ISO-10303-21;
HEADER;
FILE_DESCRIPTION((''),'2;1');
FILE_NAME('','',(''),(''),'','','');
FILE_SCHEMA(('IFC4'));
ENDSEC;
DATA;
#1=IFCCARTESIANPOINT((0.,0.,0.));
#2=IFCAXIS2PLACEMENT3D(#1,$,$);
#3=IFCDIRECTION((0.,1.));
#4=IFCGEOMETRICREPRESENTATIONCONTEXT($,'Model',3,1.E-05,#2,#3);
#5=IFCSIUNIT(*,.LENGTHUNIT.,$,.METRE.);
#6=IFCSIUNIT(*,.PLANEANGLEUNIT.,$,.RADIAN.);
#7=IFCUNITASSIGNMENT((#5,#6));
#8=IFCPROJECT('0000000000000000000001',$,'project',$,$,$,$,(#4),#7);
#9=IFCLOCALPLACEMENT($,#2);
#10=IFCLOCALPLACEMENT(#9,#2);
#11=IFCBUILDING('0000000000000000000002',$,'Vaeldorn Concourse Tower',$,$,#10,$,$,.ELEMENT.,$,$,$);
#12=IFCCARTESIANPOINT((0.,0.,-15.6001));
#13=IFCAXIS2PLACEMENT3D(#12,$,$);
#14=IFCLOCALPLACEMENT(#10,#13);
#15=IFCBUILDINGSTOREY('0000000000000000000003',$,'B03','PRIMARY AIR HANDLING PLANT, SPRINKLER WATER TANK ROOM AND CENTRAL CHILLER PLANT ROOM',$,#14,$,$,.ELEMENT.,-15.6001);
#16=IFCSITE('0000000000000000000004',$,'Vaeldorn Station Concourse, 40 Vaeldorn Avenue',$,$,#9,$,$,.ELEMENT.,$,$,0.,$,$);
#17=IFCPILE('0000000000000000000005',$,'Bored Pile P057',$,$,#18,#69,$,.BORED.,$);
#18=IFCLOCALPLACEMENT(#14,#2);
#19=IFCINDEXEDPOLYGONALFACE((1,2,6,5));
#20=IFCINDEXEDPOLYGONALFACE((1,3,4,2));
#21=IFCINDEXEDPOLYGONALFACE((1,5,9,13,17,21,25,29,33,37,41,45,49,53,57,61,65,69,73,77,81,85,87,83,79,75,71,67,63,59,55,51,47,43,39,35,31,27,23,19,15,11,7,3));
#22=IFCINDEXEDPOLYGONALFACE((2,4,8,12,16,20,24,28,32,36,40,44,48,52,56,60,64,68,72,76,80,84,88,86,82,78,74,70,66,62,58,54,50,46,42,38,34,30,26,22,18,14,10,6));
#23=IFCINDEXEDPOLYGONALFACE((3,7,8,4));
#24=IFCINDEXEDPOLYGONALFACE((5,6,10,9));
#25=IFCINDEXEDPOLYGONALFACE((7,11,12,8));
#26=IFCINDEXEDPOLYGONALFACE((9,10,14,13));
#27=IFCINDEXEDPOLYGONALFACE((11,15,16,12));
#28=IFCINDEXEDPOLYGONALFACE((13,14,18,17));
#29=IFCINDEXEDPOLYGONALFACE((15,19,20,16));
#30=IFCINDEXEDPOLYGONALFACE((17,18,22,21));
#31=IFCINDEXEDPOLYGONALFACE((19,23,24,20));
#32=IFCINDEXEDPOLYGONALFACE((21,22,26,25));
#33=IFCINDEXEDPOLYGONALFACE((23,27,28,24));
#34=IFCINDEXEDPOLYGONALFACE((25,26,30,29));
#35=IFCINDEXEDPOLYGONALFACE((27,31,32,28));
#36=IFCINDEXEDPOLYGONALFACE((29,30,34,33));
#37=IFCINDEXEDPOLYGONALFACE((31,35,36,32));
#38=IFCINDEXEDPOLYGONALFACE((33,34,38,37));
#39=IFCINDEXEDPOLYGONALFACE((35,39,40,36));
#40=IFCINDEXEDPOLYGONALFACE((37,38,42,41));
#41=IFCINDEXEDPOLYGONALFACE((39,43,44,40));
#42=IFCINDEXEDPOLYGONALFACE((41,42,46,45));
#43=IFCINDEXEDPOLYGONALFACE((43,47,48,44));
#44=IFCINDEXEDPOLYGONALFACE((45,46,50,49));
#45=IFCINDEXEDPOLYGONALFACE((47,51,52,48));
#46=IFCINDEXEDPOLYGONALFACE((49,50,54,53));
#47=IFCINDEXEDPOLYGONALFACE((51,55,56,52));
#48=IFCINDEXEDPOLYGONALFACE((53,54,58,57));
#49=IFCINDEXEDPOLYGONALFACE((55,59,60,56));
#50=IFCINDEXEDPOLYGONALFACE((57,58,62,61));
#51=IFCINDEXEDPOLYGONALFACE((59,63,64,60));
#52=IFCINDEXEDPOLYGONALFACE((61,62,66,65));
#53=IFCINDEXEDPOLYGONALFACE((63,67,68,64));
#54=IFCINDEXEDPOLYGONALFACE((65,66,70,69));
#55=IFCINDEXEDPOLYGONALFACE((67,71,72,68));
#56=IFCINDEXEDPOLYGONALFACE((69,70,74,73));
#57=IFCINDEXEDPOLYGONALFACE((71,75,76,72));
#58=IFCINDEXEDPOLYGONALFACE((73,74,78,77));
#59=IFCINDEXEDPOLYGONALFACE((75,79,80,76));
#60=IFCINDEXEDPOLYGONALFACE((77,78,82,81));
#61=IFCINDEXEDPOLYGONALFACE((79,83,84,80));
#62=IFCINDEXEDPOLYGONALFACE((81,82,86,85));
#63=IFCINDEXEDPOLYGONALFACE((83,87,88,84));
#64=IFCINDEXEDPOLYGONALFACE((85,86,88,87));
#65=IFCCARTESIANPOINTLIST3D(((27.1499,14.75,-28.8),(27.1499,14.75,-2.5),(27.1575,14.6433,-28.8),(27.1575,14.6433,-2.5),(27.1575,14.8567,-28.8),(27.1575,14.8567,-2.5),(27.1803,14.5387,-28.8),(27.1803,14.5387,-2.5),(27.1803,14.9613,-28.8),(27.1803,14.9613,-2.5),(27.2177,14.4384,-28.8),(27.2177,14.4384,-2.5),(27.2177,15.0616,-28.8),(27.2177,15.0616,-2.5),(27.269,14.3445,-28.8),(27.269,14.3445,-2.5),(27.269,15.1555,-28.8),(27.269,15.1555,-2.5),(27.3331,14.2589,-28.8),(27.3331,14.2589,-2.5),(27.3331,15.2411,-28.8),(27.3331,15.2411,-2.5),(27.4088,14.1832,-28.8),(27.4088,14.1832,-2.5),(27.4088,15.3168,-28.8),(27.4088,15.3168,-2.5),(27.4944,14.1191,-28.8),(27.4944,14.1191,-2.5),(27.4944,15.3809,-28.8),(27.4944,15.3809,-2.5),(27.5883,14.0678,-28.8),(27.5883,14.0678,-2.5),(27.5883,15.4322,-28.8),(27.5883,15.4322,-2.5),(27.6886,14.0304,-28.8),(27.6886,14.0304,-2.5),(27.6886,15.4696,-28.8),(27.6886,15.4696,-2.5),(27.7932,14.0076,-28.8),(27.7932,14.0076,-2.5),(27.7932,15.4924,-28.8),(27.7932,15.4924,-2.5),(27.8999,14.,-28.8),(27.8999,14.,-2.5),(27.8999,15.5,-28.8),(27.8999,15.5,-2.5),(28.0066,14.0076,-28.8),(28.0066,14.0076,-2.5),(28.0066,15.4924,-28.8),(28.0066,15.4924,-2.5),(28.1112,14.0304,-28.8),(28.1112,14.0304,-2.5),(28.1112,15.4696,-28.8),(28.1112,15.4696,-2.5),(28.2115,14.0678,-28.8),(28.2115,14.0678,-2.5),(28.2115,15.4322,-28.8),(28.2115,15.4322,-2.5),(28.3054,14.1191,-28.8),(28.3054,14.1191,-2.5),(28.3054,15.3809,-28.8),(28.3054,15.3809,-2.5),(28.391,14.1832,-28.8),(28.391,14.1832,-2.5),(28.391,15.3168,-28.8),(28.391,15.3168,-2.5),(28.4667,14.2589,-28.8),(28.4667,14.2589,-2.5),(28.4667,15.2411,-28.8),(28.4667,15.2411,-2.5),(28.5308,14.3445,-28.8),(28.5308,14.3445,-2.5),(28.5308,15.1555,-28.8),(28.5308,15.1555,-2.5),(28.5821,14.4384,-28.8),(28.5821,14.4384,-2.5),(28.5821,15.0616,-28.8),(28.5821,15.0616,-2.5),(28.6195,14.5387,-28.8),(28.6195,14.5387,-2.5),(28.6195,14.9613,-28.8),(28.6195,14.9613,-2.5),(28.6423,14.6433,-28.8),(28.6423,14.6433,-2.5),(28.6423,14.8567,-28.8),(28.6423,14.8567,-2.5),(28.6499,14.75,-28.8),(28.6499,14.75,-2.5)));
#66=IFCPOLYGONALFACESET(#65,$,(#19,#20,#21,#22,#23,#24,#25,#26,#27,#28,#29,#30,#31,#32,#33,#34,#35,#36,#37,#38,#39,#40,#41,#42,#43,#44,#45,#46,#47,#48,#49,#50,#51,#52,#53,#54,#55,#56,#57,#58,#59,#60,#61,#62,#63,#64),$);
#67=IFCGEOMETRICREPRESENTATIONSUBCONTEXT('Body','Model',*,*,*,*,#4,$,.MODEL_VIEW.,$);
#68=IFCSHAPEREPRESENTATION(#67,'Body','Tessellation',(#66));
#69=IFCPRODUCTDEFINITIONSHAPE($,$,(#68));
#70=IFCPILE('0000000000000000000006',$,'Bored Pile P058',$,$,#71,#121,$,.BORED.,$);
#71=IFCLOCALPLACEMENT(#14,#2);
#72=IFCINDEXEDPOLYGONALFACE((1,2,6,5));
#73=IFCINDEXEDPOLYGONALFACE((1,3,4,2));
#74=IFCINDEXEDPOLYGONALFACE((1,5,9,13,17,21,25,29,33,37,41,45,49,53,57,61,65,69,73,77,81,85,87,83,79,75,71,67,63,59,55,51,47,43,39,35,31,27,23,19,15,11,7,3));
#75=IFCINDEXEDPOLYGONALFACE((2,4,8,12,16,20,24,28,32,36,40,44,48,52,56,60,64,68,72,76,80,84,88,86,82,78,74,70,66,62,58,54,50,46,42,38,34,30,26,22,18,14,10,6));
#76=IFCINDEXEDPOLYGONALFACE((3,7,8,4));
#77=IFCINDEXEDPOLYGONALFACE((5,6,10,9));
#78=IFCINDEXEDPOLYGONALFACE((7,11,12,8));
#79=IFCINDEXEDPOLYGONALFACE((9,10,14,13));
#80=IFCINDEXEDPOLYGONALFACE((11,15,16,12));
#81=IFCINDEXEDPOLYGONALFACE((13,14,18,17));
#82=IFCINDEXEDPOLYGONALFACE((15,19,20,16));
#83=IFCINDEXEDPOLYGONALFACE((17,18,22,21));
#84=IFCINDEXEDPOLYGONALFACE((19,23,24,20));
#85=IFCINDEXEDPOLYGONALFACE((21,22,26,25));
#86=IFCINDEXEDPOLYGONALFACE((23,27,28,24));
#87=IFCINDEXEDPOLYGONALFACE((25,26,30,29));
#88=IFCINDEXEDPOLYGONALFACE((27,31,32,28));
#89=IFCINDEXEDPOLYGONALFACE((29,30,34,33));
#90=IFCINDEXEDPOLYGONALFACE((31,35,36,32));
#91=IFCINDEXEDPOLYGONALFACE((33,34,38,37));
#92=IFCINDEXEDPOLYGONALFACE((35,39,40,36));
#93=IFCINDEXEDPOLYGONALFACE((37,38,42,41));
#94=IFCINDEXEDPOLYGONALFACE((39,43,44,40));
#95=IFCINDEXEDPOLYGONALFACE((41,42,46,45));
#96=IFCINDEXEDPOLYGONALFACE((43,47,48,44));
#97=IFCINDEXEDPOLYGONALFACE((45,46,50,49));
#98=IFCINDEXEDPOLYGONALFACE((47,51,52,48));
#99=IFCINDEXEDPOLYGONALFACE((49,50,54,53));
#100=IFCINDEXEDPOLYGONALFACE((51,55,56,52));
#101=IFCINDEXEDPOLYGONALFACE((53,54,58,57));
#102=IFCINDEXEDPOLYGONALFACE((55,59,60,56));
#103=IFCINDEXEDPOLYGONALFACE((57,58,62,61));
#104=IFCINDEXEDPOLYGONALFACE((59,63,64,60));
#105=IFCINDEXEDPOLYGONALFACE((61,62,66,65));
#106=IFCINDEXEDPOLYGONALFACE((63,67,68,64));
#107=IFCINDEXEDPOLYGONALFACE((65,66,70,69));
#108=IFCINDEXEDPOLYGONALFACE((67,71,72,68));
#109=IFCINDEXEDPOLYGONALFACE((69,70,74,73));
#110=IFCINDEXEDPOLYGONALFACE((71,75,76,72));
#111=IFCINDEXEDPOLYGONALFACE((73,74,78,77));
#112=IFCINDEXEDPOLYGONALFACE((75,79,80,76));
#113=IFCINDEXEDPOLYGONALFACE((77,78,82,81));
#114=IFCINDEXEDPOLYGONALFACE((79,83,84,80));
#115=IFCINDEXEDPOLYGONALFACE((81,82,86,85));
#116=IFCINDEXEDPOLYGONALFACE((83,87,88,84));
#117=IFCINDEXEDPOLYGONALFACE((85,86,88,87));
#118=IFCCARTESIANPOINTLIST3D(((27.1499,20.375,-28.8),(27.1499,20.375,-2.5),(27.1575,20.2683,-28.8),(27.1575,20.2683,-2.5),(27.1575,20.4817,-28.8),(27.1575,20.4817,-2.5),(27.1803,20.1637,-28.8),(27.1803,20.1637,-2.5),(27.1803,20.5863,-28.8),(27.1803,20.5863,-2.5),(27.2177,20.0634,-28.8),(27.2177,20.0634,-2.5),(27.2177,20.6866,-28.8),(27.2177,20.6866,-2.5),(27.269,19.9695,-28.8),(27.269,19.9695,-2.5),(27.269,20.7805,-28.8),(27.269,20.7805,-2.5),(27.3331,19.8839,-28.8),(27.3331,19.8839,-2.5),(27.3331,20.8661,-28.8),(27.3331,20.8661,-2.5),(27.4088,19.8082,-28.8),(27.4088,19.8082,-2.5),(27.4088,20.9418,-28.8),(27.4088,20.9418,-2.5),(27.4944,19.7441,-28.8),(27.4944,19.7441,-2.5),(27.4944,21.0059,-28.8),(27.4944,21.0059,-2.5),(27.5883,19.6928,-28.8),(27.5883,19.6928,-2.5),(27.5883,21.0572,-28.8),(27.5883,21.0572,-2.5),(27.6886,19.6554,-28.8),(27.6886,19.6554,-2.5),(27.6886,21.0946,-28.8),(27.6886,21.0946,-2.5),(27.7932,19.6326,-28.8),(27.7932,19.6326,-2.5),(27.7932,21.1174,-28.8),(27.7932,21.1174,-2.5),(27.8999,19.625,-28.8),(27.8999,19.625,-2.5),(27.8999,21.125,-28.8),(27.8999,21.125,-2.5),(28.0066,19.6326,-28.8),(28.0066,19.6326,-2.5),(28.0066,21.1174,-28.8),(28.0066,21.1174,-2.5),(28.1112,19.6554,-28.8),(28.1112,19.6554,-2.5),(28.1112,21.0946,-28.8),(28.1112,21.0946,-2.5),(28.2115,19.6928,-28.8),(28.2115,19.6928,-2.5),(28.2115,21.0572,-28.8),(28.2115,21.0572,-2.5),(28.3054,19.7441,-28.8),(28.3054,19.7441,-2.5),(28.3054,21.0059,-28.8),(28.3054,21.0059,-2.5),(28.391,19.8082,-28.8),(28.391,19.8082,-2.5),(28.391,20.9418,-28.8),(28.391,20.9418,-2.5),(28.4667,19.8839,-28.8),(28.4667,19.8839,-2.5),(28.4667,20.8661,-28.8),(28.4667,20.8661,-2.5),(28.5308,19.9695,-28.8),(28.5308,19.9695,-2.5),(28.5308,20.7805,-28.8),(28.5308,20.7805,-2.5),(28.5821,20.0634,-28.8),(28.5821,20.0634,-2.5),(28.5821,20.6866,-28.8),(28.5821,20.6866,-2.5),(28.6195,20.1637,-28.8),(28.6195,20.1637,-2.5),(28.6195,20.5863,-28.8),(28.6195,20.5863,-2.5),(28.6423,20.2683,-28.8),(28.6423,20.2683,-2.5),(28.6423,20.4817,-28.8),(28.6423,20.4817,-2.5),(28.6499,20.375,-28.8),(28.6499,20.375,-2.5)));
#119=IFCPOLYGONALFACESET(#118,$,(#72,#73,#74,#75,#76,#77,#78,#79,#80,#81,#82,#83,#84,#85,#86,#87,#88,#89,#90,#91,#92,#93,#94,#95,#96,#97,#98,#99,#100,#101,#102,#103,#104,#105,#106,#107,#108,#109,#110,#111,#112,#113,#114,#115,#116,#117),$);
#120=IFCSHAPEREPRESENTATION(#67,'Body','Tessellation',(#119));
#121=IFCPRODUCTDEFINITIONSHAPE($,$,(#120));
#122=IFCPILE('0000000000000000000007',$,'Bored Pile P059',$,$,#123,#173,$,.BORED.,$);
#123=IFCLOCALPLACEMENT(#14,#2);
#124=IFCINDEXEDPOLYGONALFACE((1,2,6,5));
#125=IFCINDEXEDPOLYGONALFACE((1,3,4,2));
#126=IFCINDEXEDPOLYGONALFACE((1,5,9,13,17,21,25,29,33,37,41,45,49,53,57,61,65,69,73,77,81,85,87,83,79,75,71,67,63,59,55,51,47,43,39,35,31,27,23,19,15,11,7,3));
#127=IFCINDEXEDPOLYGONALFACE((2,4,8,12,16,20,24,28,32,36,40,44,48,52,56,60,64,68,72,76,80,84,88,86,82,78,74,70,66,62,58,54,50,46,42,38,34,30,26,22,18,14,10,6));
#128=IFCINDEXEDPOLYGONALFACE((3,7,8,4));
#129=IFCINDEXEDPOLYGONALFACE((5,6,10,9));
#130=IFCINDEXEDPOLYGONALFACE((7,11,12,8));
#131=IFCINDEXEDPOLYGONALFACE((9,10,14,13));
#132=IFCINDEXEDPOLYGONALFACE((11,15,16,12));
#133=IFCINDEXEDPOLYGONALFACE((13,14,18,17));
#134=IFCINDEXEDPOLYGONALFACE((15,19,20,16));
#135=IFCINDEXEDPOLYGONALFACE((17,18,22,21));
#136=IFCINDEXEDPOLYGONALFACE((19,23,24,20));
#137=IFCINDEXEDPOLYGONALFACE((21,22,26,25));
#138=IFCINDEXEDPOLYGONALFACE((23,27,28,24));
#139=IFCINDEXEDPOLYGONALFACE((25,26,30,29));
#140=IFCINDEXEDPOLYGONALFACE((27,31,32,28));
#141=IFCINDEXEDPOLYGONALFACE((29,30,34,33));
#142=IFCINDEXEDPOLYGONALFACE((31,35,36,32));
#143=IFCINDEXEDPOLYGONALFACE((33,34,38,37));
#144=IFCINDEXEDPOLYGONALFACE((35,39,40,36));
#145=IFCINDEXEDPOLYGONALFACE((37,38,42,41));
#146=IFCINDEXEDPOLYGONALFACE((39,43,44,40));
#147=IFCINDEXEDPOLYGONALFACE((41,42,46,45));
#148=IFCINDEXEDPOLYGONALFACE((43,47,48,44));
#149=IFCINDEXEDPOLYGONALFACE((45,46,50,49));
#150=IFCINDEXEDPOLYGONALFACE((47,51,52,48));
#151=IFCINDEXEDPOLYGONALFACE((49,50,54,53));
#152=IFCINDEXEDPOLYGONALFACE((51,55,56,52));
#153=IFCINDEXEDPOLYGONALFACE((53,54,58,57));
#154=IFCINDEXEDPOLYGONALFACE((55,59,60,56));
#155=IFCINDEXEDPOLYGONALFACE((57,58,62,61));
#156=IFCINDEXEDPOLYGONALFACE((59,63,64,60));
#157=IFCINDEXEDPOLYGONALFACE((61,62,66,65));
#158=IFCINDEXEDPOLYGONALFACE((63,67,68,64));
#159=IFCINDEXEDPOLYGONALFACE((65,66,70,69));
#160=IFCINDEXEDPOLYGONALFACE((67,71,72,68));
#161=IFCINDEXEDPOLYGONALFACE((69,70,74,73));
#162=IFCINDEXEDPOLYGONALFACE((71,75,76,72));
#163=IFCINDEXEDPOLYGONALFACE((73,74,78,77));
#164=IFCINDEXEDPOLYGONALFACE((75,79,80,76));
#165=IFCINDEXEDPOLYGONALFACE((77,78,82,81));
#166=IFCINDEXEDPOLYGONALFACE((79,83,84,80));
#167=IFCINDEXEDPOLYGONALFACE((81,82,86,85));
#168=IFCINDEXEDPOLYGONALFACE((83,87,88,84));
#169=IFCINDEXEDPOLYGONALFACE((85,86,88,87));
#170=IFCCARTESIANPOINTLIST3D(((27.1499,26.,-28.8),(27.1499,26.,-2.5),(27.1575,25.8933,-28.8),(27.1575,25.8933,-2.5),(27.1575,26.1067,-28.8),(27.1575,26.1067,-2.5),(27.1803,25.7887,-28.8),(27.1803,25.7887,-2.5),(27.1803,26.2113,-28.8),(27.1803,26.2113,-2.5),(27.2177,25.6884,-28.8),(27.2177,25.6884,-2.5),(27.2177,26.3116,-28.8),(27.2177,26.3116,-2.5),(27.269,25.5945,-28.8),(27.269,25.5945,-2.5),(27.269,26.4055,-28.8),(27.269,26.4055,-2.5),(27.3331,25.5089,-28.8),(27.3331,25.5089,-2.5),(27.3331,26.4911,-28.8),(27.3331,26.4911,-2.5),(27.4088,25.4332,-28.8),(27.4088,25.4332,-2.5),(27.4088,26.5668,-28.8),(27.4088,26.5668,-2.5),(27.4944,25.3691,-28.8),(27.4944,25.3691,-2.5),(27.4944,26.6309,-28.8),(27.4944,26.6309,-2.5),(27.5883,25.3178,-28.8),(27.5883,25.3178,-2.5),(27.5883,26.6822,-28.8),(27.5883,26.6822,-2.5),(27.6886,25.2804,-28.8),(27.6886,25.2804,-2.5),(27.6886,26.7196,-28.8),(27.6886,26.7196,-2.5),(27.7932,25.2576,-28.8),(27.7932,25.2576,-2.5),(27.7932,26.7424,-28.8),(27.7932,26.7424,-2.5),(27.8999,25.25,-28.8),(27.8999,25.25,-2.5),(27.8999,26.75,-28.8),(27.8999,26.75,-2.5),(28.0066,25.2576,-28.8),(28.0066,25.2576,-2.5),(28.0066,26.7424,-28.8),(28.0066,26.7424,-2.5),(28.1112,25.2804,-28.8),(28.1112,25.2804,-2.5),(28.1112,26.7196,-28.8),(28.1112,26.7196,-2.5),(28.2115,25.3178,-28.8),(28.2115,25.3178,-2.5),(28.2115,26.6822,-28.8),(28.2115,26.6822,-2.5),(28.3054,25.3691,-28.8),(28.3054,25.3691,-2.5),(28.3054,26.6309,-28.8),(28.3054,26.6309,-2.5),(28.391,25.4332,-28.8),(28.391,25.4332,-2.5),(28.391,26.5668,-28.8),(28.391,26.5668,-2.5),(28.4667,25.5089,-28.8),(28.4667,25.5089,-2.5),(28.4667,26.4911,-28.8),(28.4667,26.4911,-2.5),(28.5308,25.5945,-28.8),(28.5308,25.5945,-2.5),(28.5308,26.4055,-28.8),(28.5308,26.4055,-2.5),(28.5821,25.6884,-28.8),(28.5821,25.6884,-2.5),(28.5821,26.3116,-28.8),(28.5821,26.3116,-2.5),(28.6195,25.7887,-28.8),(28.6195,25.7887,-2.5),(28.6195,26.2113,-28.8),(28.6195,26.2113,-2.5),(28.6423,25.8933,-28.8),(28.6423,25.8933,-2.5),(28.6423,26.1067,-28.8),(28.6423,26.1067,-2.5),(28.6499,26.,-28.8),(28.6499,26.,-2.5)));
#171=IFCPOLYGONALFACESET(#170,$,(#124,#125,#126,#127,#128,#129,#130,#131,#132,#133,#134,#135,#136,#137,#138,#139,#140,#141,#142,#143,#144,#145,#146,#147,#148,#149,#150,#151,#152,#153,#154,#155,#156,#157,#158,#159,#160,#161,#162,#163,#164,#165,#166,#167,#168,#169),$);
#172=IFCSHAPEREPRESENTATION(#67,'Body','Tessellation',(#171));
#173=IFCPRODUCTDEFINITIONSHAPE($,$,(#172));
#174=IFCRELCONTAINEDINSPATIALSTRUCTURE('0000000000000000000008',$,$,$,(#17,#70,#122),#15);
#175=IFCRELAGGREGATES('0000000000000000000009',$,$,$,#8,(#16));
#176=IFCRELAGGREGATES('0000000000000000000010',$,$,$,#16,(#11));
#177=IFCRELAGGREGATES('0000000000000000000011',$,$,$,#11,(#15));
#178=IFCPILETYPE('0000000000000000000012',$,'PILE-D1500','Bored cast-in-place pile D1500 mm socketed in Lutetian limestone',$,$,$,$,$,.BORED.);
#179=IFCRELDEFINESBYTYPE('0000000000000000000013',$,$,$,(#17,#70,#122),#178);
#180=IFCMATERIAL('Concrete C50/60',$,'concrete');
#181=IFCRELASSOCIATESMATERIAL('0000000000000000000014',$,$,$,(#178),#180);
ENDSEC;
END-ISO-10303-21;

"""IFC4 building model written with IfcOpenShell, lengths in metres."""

from ifc_helpers import new_model, si_unit, direction, frame, origin, origin_2d, place, context, subcontext, project, spatial, circle, extrude, material, material_profile, profile_set, type_object, element, save


model = new_model("IFC4")

# Units and contexts
model_context = context("Model", 3, precision=1e-05, world=origin(), true_north=direction((0.0, 1.0)))
body_context = subcontext(model_context, "Body", "Model", "MODEL_VIEW")
ifc_project = project(units=[si_unit("LENGTHUNIT", "METRE"), si_unit("PLANEANGLEUNIT", "RADIAN")], contexts=[model_context])

# Site, building, storey
site_placement = place(None, origin())
site = spatial("IfcSite", under=ifc_project, at=site_placement, Name="Vaeldorn Station Concourse, 40 Vaeldorn Avenue", CompositionType="ELEMENT", RefElevation=0.0)
building_placement = place(site_placement, origin())
building = spatial("IfcBuilding", under=site, at=building_placement, Name="Vaeldorn Concourse Tower", CompositionType="ELEMENT")
storey_placement = place(building_placement, frame((0.0, 0.0, -15.6001)))
storey = spatial("IfcBuildingStorey", under=building, at=storey_placement, Name="B03", Description="PRIMARY AIR HANDLING PLANT, SPRINKLER WATER TANK ROOM AND CENTRAL CHILLER PLANT ROOM", CompositionType="ELEMENT", Elevation=-15.6001)

# Piles
ifc_material_1 = material(Name="Concrete C50/60", Category="concrete")
ifc_material_profile_1 = material_profile(ifc_material_1, circle(Radius=0.75, at=origin_2d()), Name="BORED PILE D1500")
ifc_profile_set_1 = profile_set([ifc_material_profile_1], Name="Concrete C50/60")
pile_type = type_object("IfcPileType", Name="PILE-D1500", Description="Bored cast-in-place pile D1500 mm socketed in Lutetian limestone", PredefinedType="BORED", material=ifc_profile_set_1)
for number, where, z_axis, x_axis, name in (
    (1, (27.8999, 14.75, -2.5), (0.0, 0.0, -1.0), (1.0, 0.0, 0.0), "Bored Pile P057"),
    (2, (27.8999, 20.375, -2.5), (0.0, 0.0, -1.0), (1.0, 0.0, 0.0), "Bored Pile P058"),
    (3, (27.8999, 26.0, -2.5), (0.0, 0.0, -1.0), (1.0, 0.0, 0.0), "Bored Pile P059"),
):
    element("IfcPile", number, at=place(storey_placement, frame(where, z_axis=z_axis, x_axis=x_axis)), inside=storey, type_object=pile_type, Name=name, PredefinedType="BORED", context=body_context, shape_type="SweptSolid", body=[
        extrude(circle(Radius=0.75, at=origin_2d()), origin(), (0.0, 0.0, 1.0), 26.3),
    ])

save(model, "model.ifc")
